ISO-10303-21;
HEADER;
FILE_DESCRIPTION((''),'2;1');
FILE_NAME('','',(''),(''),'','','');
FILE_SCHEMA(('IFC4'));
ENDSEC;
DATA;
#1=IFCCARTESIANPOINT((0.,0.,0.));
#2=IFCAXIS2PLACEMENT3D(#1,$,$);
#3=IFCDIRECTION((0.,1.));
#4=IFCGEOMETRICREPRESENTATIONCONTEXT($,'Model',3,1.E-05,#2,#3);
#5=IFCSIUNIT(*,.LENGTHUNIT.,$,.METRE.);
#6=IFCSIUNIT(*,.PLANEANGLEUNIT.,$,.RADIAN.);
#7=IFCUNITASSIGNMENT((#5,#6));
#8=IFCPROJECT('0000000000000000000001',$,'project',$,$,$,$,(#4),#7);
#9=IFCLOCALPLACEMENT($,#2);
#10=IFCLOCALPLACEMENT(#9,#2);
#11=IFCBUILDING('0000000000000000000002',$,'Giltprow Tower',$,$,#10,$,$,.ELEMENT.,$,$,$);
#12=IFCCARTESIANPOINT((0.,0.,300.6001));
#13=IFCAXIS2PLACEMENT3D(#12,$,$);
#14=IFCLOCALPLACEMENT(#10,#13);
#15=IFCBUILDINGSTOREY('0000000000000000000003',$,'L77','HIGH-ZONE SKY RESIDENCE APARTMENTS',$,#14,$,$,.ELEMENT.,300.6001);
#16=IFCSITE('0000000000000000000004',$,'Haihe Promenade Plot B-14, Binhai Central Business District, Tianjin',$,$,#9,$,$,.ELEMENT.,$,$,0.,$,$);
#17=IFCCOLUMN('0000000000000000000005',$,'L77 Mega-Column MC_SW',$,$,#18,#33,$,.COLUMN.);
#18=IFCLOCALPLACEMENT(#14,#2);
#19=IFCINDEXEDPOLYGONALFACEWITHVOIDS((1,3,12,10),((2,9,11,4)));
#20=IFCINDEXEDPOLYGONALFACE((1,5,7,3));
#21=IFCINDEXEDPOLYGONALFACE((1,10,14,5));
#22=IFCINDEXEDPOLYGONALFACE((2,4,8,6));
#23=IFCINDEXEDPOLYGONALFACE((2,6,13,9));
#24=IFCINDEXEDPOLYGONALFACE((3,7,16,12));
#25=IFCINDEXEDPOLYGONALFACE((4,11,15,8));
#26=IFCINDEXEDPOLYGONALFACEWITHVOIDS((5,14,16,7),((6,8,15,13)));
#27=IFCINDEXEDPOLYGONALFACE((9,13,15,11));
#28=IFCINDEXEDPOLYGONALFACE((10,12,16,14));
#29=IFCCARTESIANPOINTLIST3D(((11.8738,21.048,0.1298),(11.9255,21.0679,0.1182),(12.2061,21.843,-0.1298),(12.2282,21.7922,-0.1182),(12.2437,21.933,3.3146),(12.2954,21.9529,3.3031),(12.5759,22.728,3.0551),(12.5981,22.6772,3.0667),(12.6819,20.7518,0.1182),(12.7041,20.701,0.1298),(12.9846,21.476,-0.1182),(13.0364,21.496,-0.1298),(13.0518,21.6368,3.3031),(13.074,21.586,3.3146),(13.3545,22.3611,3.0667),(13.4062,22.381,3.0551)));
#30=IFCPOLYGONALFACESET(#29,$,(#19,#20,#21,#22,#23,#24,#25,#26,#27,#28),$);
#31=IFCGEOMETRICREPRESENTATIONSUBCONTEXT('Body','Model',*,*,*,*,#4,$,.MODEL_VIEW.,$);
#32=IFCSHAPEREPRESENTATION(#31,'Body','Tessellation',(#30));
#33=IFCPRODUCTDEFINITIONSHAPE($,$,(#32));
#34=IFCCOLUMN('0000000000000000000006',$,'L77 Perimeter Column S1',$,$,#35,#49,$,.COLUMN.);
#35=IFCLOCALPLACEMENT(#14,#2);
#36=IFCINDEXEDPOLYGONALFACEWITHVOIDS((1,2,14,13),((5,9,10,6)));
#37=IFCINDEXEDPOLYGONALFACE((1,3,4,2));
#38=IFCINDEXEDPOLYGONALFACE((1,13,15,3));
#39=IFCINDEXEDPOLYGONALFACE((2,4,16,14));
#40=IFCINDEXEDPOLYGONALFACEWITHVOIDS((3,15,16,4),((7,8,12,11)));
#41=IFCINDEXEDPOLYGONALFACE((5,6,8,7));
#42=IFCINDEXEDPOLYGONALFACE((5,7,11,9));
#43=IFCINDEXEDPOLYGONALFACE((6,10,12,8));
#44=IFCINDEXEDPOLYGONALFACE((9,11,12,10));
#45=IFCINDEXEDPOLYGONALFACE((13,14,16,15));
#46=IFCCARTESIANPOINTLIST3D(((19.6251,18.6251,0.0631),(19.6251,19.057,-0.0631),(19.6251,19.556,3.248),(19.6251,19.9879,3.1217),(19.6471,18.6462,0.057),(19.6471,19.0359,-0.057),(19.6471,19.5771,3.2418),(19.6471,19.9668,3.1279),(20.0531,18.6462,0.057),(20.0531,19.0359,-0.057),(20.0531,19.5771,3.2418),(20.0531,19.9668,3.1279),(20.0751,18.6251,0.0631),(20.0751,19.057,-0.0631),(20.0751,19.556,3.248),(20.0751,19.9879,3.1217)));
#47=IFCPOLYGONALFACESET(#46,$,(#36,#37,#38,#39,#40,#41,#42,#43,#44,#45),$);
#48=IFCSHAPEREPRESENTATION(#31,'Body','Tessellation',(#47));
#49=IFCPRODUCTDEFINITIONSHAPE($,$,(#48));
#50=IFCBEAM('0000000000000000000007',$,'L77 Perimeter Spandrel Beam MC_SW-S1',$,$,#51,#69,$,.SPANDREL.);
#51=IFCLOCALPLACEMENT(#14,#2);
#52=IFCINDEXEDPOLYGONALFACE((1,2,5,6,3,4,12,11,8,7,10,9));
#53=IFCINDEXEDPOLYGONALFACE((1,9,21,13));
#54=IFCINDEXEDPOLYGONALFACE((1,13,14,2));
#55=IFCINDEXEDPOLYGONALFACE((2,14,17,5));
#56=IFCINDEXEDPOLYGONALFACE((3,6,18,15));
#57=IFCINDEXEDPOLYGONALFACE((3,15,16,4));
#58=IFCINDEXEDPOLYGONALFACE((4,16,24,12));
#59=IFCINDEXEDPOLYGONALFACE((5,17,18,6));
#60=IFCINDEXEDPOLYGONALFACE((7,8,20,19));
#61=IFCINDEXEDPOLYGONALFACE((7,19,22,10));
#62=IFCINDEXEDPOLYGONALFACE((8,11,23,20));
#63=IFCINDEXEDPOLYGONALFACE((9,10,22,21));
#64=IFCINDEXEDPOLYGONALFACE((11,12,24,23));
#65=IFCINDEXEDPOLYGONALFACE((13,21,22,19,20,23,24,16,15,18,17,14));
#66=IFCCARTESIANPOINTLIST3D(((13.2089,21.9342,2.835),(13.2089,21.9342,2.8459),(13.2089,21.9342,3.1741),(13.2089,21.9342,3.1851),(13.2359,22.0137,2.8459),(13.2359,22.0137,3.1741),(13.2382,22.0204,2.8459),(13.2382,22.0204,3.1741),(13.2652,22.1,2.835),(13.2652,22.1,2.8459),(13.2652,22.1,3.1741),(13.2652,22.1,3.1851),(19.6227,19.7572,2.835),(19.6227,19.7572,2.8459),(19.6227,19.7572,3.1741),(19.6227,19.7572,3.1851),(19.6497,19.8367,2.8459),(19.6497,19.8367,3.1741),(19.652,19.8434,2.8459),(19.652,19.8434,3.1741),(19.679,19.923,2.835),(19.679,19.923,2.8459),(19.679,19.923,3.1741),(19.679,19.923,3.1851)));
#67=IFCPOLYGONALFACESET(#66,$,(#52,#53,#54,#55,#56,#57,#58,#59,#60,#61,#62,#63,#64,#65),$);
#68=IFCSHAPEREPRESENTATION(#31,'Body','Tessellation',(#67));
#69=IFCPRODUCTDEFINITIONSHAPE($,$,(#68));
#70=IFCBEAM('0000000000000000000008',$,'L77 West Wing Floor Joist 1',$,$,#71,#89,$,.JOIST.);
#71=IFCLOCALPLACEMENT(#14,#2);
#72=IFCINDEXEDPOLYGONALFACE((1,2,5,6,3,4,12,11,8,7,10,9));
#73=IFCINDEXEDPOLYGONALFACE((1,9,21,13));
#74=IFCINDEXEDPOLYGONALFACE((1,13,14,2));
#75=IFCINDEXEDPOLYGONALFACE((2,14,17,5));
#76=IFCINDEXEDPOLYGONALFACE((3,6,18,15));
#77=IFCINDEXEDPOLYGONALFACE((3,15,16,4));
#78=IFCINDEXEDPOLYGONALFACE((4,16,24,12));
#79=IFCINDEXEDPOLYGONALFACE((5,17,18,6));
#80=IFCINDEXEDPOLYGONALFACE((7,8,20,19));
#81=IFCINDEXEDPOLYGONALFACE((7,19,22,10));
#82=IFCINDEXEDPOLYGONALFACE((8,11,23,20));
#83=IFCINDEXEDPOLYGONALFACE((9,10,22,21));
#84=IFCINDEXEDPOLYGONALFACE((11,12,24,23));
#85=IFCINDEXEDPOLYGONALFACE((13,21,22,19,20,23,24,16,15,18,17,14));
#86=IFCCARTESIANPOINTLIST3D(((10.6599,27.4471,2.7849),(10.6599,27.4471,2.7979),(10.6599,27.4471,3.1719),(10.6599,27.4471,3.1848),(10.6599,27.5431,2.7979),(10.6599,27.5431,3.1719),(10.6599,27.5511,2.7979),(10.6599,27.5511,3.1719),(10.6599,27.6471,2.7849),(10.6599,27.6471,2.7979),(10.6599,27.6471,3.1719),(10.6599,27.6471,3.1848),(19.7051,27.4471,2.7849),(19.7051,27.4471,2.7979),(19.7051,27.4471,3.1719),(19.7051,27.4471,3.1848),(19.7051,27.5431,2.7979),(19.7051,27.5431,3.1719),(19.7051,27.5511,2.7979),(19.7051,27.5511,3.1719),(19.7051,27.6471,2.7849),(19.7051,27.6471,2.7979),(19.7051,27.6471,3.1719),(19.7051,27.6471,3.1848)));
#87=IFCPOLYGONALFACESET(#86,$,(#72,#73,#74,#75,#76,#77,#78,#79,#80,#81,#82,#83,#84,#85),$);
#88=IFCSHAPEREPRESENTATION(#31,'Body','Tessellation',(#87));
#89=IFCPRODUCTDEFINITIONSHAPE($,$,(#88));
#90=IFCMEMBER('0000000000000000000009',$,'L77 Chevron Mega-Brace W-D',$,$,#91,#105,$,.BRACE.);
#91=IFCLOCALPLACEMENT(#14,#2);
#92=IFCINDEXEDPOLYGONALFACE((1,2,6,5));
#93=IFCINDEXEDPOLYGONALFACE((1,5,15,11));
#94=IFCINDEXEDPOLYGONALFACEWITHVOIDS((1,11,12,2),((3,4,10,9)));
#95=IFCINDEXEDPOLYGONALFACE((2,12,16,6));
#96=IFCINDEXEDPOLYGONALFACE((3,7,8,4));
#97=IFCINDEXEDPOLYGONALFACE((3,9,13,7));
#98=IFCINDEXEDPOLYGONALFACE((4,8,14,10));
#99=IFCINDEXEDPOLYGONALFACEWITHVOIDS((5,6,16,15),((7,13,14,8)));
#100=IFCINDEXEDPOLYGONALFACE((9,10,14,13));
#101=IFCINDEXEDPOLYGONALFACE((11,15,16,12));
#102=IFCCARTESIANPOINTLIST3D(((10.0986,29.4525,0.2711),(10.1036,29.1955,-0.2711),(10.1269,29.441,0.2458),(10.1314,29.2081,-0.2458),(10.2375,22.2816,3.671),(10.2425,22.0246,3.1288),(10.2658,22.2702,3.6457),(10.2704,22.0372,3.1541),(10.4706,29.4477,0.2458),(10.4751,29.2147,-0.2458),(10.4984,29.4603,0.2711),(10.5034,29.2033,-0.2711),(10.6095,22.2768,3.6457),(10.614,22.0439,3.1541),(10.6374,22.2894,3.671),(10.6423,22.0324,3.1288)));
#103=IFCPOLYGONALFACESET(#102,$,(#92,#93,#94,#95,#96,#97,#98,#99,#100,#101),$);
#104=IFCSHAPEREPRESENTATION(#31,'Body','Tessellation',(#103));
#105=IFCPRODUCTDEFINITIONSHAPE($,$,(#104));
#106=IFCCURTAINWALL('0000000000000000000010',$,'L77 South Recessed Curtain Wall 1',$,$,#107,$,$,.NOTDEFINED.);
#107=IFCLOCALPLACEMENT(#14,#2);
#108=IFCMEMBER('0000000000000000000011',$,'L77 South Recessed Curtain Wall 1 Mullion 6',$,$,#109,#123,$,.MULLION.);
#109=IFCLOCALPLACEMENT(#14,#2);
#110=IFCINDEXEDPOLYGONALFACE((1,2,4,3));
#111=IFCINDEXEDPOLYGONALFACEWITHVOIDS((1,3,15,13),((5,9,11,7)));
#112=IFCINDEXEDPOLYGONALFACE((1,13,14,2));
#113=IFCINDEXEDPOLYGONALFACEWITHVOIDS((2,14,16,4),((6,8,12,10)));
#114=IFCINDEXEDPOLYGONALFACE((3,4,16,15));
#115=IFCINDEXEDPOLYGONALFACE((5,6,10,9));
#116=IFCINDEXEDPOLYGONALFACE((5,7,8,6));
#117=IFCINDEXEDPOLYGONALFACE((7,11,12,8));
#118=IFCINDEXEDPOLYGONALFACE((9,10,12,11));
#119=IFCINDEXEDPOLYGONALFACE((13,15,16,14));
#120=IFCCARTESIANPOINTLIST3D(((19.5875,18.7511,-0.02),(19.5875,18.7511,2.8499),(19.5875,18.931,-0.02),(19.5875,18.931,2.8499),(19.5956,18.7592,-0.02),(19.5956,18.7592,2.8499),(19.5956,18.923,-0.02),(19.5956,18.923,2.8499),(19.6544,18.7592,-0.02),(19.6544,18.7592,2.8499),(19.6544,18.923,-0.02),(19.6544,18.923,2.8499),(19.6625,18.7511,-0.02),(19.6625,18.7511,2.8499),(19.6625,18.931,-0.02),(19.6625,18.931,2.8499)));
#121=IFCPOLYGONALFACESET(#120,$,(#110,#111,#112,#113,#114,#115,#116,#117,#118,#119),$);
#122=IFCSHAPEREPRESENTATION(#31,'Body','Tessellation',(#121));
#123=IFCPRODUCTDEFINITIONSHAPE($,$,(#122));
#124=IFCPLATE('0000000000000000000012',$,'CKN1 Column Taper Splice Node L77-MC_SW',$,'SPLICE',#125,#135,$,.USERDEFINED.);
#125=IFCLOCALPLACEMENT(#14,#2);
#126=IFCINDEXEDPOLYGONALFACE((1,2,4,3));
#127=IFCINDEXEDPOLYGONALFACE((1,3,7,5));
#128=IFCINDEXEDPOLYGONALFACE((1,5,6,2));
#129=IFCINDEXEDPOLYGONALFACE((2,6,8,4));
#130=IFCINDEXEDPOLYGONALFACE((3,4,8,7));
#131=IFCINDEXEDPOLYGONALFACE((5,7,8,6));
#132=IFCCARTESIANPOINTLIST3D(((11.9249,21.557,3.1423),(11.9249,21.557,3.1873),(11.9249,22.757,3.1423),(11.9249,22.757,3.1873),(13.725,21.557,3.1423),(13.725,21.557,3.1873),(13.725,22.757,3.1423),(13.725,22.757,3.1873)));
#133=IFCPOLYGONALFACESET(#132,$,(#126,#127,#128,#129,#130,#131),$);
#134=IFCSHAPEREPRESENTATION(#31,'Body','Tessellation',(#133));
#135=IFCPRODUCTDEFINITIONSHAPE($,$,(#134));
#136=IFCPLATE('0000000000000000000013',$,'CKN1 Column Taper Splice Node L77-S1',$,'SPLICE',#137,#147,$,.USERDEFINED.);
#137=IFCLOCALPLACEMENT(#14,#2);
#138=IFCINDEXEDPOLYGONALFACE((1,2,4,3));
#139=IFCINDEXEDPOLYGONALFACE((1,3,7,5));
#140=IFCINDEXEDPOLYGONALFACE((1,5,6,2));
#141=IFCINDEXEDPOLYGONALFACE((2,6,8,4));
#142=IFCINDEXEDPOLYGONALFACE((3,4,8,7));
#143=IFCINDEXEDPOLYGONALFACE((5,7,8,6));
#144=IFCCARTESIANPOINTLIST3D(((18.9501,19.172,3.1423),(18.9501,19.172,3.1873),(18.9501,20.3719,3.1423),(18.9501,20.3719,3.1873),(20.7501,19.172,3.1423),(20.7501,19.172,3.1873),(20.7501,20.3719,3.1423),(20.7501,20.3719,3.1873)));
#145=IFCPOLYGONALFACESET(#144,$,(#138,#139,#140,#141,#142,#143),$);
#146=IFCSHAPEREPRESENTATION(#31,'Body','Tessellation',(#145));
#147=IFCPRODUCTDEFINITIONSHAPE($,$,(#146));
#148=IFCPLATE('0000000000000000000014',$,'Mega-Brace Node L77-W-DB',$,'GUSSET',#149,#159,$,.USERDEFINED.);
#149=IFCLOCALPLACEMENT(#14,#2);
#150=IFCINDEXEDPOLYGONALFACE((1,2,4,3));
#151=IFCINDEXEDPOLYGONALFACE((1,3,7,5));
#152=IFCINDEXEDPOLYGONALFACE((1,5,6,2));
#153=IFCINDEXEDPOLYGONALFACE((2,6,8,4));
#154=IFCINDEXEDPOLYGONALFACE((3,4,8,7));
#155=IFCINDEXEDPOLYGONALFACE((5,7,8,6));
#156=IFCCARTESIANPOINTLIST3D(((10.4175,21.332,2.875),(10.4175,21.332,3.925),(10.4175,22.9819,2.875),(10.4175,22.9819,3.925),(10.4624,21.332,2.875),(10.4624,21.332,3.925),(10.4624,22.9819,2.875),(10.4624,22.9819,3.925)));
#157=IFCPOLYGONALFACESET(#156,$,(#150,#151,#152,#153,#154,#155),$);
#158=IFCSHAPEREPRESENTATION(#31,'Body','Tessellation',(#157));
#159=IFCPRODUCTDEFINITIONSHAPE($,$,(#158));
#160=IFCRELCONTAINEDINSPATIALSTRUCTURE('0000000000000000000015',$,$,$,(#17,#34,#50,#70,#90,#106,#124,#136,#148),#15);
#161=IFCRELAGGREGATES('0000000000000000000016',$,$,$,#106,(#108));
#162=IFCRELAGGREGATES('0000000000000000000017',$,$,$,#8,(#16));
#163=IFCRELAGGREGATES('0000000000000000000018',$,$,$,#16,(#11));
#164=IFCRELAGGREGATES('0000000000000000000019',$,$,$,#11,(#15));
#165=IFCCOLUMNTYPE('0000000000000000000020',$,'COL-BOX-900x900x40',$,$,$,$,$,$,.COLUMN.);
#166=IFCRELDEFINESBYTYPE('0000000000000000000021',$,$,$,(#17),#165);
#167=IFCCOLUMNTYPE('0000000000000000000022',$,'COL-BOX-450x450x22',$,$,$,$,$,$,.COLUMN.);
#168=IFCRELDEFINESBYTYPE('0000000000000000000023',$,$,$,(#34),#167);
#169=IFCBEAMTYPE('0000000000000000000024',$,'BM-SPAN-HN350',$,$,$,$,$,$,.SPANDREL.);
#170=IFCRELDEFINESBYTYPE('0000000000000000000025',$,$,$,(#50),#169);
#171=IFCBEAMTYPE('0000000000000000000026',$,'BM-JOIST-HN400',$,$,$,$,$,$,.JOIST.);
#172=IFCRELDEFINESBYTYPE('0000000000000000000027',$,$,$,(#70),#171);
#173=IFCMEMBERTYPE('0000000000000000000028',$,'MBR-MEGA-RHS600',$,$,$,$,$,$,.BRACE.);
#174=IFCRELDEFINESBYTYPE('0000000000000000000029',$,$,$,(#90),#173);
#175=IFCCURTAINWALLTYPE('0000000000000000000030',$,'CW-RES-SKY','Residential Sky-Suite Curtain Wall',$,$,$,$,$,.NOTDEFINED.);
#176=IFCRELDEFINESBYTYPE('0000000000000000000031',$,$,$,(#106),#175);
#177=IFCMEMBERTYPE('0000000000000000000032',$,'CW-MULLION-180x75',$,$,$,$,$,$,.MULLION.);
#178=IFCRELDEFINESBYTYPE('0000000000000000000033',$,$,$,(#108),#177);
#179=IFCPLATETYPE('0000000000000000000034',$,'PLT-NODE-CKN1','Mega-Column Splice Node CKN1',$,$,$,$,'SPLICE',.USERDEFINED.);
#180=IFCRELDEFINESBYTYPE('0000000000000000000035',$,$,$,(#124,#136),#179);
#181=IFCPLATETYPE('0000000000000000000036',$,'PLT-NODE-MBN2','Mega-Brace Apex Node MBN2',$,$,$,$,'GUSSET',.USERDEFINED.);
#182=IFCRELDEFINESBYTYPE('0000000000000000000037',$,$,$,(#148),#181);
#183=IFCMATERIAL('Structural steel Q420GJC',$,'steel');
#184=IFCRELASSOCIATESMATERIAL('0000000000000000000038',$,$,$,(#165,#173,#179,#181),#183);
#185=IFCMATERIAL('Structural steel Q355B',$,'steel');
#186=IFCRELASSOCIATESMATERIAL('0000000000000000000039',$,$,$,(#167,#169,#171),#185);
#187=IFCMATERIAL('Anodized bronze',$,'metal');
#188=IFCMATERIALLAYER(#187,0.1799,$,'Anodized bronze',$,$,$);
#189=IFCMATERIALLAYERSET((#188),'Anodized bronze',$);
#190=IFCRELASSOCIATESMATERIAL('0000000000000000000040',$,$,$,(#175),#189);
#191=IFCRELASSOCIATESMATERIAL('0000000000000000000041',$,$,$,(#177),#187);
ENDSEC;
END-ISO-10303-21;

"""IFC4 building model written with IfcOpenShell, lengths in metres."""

from ifc_helpers import new_model, si_unit, direction, frame, origin, origin_2d, place, context, subcontext, project, spatial, rectangle, hollow_rectangle, i_section, extrude, source, transform, mapped, material, layer, layer_set, material_profile, profile_set, type_object, element, aggregate, save


model = new_model("IFC4")

# Units and contexts
model_context = context("Model", 3, precision=1e-05, world=origin(), true_north=direction((0.0, 1.0)))
body_context = subcontext(model_context, "Body", "Model", "MODEL_VIEW")
ifc_project = project(units=[si_unit("LENGTHUNIT", "METRE"), si_unit("PLANEANGLEUNIT", "RADIAN")], contexts=[model_context])

# Site, building, storey
site_placement = place(None, origin())
site = spatial("IfcSite", under=ifc_project, at=site_placement, Name="Haihe Promenade Plot B-14, Binhai Central Business District, Tianjin", CompositionType="ELEMENT", RefElevation=0.0)
building_placement = place(site_placement, origin())
building = spatial("IfcBuilding", under=site, at=building_placement, Name="Giltprow Tower", CompositionType="ELEMENT")
storey_placement = place(building_placement, frame((0.0, 0.0, 300.6001)))
storey = spatial("IfcBuildingStorey", under=building, at=storey_placement, Name="L77", Description="HIGH-ZONE SKY RESIDENCE APARTMENTS", CompositionType="ELEMENT", Elevation=300.6001)

# Columns
ifc_material_1 = material(Name="Structural steel Q420GJC", Category="steel")
ifc_material_profile_1 = material_profile(ifc_material_1, hollow_rectangle(XDim=0.8999, YDim=0.8999, WallThickness=0.04, at=origin_2d()), Name="BOX 900x900x40")
ifc_profile_set_1 = profile_set([ifc_material_profile_1], Name="Structural steel Q420GJC")
column_type_1 = type_object("IfcColumnType", Name="COL-BOX-900x900x40", PredefinedType="COLUMN", material=ifc_profile_set_1)
shared_shape_1 = source(origin(), body_context, "Body", "SweptSolid", [
    extrude(hollow_rectangle(XDim=0.8999, YDim=0.8999, WallThickness=0.04, at=origin_2d()), origin(), (0.0, 0.0, 1.0), 3.3262),
])
column_1_placement = place(storey_placement, frame((12.4551, 21.272, 0.0), z_axis=(0.111202, 0.266079, 0.957516), x_axis=(-0.922662, 0.385609, 0.0)))
element("IfcColumn", 1, at=column_1_placement, inside=storey, type_object=column_type_1, Name="L77 Mega-Column MC_SW", PredefinedType="COLUMN", context=body_context, shape_type="MappedRepresentation", body=[
    mapped(shared_shape_1, transform((0.0, 0.0, 0.0), x_axis=(1.0, 0.0, 0.0), y_axis=(0.0, 1.0, 0.0), z_axis=(0.0, 0.0, 1.0), scale=1.0)),
])
ifc_material_2 = material(Name="Structural steel Q355B", Category="steel")
ifc_material_profile_2 = material_profile(ifc_material_2, hollow_rectangle(XDim=0.45, YDim=0.45, WallThickness=0.022, at=origin_2d()), Name="BOX 450x450x22")
ifc_profile_set_2 = profile_set([ifc_material_profile_2], Name="Structural steel Q355B")
column_type_2 = type_object("IfcColumnType", Name="COL-BOX-450x450x22", PredefinedType="COLUMN", material=ifc_profile_set_2)
shared_shape_2 = source(origin(), body_context, "Body", "SweptSolid", [
    extrude(hollow_rectangle(XDim=0.45, YDim=0.45, WallThickness=0.022, at=origin_2d()), origin(), (0.0, 0.0, 1.0), 3.3181),
])
column_2_placement = place(storey_placement, frame((19.8501, 18.8411, 0.0), z_axis=(0.0, 0.280557, 0.959837), x_axis=(-1.0, 0.0, 0.0)))
element("IfcColumn", 2, at=column_2_placement, inside=storey, type_object=column_type_2, Name="L77 Perimeter Column S1", PredefinedType="COLUMN", context=body_context, shape_type="MappedRepresentation", body=[
    mapped(shared_shape_2, transform((0.0, 0.0, 0.0), x_axis=(1.0, 0.0, 0.0), y_axis=(0.0, 1.0, 0.0), z_axis=(0.0, 0.0, 1.0), scale=1.0)),
])

# Beams
ifc_material_profile_3 = material_profile(ifc_material_2, i_section(OverallWidth=0.175, OverallDepth=0.3501, WebThickness=0.0071, FlangeThickness=0.011, at=origin_2d()), Name="HN 350x175x7x11")
ifc_profile_set_3 = profile_set([ifc_material_profile_3], Name="Structural steel Q355B")
beam_type_1 = type_object("IfcBeamType", Name="BM-SPAN-HN350", PredefinedType="SPANDREL", material=ifc_profile_set_3)
shared_shape_3 = source(origin(), body_context, "Body", "SweptSolid", [
    extrude(i_section(OverallWidth=0.175, OverallDepth=0.3501, WebThickness=0.0071, FlangeThickness=0.011, at=origin_2d()), origin(), (0.0, 0.0, 1.0), 6.7732),
])
beam_1_placement = place(storey_placement, frame((13.2371, 22.0171, 3.01), z_axis=(0.946939, -0.321414, 0.0), x_axis=(0.321414, 0.946939, 0.0)))
element("IfcBeam", 3, at=beam_1_placement, inside=storey, type_object=beam_type_1, Name="L77 Perimeter Spandrel Beam MC_SW-S1", PredefinedType="SPANDREL", context=body_context, shape_type="MappedRepresentation", body=[
    mapped(shared_shape_3, transform((0.0, 0.0, 0.0), x_axis=(1.0, 0.0, 0.0), y_axis=(0.0, 1.0, 0.0), z_axis=(0.0, 0.0, 1.0), scale=1.0)),
])
ifc_material_profile_4 = material_profile(ifc_material_2, i_section(OverallWidth=0.2, OverallDepth=0.3999, WebThickness=0.0081, FlangeThickness=0.0129, at=origin_2d()), Name="HN 400x200x8x13")
ifc_profile_set_4 = profile_set([ifc_material_profile_4], Name="Structural steel Q355B")
beam_type_2 = type_object("IfcBeamType", Name="BM-JOIST-HN400", PredefinedType="JOIST", material=ifc_profile_set_4)
shared_shape_4 = source(origin(), body_context, "Body", "SweptSolid", [
    extrude(i_section(OverallWidth=0.2, OverallDepth=0.3999, WebThickness=0.0081, FlangeThickness=0.0129, at=origin_2d()), origin(), (0.0, 0.0, 1.0), 9.0452),
])
beam_2_placement = place(storey_placement, frame((10.6599, 27.5471, 2.9849), z_axis=(1.0, 0.0, 0.0), x_axis=(0.0, 1.0, 0.0)))
element("IfcBeam", 4, at=beam_2_placement, inside=storey, type_object=beam_type_2, Name="L77 West Wing Floor Joist 1", PredefinedType="JOIST", context=body_context, shape_type="MappedRepresentation", body=[
    mapped(shared_shape_4, transform((0.0, 0.0, 0.0), x_axis=(1.0, 0.0, 0.0), y_axis=(0.0, 1.0, 0.0), z_axis=(0.0, 0.0, 1.0), scale=1.0)),
])

# Member
ifc_material_profile_5 = material_profile(ifc_material_1, hollow_rectangle(XDim=0.3999, YDim=0.6001, WallThickness=0.0281, at=origin_2d()), Name="RHS 600x400x28")
ifc_profile_set_5 = profile_set([ifc_material_profile_5], Name="Structural steel Q420GJC")
member_type_1 = type_object("IfcMemberType", Name="MBR-MEGA-RHS600", PredefinedType="BRACE", material=ifc_profile_set_5)
shared_shape_5 = source(origin(), body_context, "Body", "SweptSolid", [
    extrude(hollow_rectangle(XDim=0.3999, YDim=0.6001, WallThickness=0.0281, at=origin_2d()), origin(), (0.0, 0.0, 1.0), 7.9373),
])
member_1_placement = place(storey_placement, frame((10.301, 29.3279, 0.0), z_axis=(0.017502, -0.903445, 0.428346), x_axis=(0.999812, 0.019369, 0.0)))
element("IfcMember", 5, at=member_1_placement, inside=storey, type_object=member_type_1, Name="L77 Chevron Mega-Brace W-D", PredefinedType="BRACE", context=body_context, shape_type="MappedRepresentation", body=[
    mapped(shared_shape_5, transform((0.0, 0.0, 0.0), x_axis=(1.0, 0.0, 0.0), y_axis=(0.0, 1.0, 0.0), z_axis=(0.0, 0.0, 1.0), scale=1.0)),
])

# Curtain wall, member
ifc_material_3 = material(Name="Anodized bronze", Category="metal")
ifc_layer_1 = layer(ifc_material_3, 0.1799, Name="Anodized bronze")
ifc_layer_set_1 = layer_set([ifc_layer_1], Name="Anodized bronze")
curtain_wall_type = type_object("IfcCurtainWallType", Name="CW-RES-SKY", Description="Residential Sky-Suite Curtain Wall", PredefinedType="NOTDEFINED", material=ifc_layer_set_1)
curtain_wall_placement = place(storey_placement, origin())
curtain_wall = element("IfcCurtainWall", 6, at=curtain_wall_placement, inside=storey, type_object=curtain_wall_type, Name="L77 South Recessed Curtain Wall 1", PredefinedType="NOTDEFINED")
ifc_material_profile_6 = material_profile(ifc_material_3, hollow_rectangle(XDim=0.075, YDim=0.1799, WallThickness=0.0081, at=origin_2d()), Name="RHS 180x75x8")
ifc_profile_set_6 = profile_set([ifc_material_profile_6], Name="Anodized bronze")
member_type_2 = type_object("IfcMemberType", Name="CW-MULLION-180x75", PredefinedType="MULLION", material=ifc_profile_set_6)
shared_shape_6 = source(origin(), body_context, "Body", "SweptSolid", [
    extrude(hollow_rectangle(XDim=0.075, YDim=0.1799, WallThickness=0.0081, at=origin_2d()), origin(), (0.0, 0.0, 1.0), 2.8699),
])
member_2_placement = place(storey_placement, frame((19.625, 18.8411, -0.02), z_axis=(0.0, 0.0, 1.0), x_axis=(1.0, 0.0, 0.0)))
member_2 = element("IfcMember", 7, at=member_2_placement, type_object=member_type_2, Name="L77 South Recessed Curtain Wall 1 Mullion 6", PredefinedType="MULLION", context=body_context, shape_type="MappedRepresentation", body=[
    mapped(shared_shape_6, transform((0.0, 0.0, 0.0), x_axis=(1.0, 0.0, 0.0), y_axis=(0.0, 1.0, 0.0), z_axis=(0.0, 0.0, 1.0), scale=1.0)),
])
aggregate(curtain_wall, [member_2])

# Plates
plate_type_1 = type_object("IfcPlateType", Name="PLT-NODE-CKN1", Description="Mega-Column Splice Node CKN1", ElementType="SPLICE", PredefinedType="USERDEFINED", material=ifc_material_1)
shared_shape_7 = source(origin(), body_context, "Body", "SweptSolid", [
    extrude(rectangle(XDim=1.8, YDim=1.2, at=origin_2d()), origin(), (0.0, 0.0, 1.0), 0.0449),
])
for number, where, z_axis, x_axis, name in (
    (8, (12.825, 22.157, 3.1423), (0.0, 0.0, 1.0), (1.0, 0.0, 0.0), "CKN1 Column Taper Splice Node L77-MC_SW"),
    (9, (19.8501, 19.772, 3.1423), (0.0, 0.0, 1.0), (1.0, 0.0, 0.0), "CKN1 Column Taper Splice Node L77-S1"),
):
    element("IfcPlate", number, at=place(storey_placement, frame(where, z_axis=z_axis, x_axis=x_axis)), inside=storey, type_object=plate_type_1, Name=name, ObjectType="SPLICE", PredefinedType="USERDEFINED", context=body_context, shape_type="MappedRepresentation", body=[
        mapped(shared_shape_7, transform((0.0, 0.0, 0.0), x_axis=(1.0, 0.0, 0.0), y_axis=(0.0, 1.0, 0.0), z_axis=(0.0, 0.0, 1.0), scale=1.0)),
    ])
plate_type_2 = type_object("IfcPlateType", Name="PLT-NODE-MBN2", Description="Mega-Brace Apex Node MBN2", ElementType="GUSSET", PredefinedType="USERDEFINED", material=ifc_material_1)
shared_shape_8 = source(origin(), body_context, "Body", "SweptSolid", [
    extrude(rectangle(XDim=1.6499, YDim=0.0449, at=origin_2d()), origin(), (0.0, 0.0, 1.0), 1.05),
])
plate_placement = place(storey_placement, frame((10.4399, 22.157, 2.875), z_axis=(0.0, 0.0, 1.0), x_axis=(0.0, 1.0, 0.0)))
element("IfcPlate", 10, at=plate_placement, inside=storey, type_object=plate_type_2, Name="Mega-Brace Node L77-W-DB", ObjectType="GUSSET", PredefinedType="USERDEFINED", context=body_context, shape_type="MappedRepresentation", body=[
    mapped(shared_shape_8, transform((0.0, 0.0, 0.0), x_axis=(1.0, 0.0, 0.0), y_axis=(0.0, 1.0, 0.0), z_axis=(0.0, 0.0, 1.0), scale=1.0)),
])

save(model, "model.ifc")
